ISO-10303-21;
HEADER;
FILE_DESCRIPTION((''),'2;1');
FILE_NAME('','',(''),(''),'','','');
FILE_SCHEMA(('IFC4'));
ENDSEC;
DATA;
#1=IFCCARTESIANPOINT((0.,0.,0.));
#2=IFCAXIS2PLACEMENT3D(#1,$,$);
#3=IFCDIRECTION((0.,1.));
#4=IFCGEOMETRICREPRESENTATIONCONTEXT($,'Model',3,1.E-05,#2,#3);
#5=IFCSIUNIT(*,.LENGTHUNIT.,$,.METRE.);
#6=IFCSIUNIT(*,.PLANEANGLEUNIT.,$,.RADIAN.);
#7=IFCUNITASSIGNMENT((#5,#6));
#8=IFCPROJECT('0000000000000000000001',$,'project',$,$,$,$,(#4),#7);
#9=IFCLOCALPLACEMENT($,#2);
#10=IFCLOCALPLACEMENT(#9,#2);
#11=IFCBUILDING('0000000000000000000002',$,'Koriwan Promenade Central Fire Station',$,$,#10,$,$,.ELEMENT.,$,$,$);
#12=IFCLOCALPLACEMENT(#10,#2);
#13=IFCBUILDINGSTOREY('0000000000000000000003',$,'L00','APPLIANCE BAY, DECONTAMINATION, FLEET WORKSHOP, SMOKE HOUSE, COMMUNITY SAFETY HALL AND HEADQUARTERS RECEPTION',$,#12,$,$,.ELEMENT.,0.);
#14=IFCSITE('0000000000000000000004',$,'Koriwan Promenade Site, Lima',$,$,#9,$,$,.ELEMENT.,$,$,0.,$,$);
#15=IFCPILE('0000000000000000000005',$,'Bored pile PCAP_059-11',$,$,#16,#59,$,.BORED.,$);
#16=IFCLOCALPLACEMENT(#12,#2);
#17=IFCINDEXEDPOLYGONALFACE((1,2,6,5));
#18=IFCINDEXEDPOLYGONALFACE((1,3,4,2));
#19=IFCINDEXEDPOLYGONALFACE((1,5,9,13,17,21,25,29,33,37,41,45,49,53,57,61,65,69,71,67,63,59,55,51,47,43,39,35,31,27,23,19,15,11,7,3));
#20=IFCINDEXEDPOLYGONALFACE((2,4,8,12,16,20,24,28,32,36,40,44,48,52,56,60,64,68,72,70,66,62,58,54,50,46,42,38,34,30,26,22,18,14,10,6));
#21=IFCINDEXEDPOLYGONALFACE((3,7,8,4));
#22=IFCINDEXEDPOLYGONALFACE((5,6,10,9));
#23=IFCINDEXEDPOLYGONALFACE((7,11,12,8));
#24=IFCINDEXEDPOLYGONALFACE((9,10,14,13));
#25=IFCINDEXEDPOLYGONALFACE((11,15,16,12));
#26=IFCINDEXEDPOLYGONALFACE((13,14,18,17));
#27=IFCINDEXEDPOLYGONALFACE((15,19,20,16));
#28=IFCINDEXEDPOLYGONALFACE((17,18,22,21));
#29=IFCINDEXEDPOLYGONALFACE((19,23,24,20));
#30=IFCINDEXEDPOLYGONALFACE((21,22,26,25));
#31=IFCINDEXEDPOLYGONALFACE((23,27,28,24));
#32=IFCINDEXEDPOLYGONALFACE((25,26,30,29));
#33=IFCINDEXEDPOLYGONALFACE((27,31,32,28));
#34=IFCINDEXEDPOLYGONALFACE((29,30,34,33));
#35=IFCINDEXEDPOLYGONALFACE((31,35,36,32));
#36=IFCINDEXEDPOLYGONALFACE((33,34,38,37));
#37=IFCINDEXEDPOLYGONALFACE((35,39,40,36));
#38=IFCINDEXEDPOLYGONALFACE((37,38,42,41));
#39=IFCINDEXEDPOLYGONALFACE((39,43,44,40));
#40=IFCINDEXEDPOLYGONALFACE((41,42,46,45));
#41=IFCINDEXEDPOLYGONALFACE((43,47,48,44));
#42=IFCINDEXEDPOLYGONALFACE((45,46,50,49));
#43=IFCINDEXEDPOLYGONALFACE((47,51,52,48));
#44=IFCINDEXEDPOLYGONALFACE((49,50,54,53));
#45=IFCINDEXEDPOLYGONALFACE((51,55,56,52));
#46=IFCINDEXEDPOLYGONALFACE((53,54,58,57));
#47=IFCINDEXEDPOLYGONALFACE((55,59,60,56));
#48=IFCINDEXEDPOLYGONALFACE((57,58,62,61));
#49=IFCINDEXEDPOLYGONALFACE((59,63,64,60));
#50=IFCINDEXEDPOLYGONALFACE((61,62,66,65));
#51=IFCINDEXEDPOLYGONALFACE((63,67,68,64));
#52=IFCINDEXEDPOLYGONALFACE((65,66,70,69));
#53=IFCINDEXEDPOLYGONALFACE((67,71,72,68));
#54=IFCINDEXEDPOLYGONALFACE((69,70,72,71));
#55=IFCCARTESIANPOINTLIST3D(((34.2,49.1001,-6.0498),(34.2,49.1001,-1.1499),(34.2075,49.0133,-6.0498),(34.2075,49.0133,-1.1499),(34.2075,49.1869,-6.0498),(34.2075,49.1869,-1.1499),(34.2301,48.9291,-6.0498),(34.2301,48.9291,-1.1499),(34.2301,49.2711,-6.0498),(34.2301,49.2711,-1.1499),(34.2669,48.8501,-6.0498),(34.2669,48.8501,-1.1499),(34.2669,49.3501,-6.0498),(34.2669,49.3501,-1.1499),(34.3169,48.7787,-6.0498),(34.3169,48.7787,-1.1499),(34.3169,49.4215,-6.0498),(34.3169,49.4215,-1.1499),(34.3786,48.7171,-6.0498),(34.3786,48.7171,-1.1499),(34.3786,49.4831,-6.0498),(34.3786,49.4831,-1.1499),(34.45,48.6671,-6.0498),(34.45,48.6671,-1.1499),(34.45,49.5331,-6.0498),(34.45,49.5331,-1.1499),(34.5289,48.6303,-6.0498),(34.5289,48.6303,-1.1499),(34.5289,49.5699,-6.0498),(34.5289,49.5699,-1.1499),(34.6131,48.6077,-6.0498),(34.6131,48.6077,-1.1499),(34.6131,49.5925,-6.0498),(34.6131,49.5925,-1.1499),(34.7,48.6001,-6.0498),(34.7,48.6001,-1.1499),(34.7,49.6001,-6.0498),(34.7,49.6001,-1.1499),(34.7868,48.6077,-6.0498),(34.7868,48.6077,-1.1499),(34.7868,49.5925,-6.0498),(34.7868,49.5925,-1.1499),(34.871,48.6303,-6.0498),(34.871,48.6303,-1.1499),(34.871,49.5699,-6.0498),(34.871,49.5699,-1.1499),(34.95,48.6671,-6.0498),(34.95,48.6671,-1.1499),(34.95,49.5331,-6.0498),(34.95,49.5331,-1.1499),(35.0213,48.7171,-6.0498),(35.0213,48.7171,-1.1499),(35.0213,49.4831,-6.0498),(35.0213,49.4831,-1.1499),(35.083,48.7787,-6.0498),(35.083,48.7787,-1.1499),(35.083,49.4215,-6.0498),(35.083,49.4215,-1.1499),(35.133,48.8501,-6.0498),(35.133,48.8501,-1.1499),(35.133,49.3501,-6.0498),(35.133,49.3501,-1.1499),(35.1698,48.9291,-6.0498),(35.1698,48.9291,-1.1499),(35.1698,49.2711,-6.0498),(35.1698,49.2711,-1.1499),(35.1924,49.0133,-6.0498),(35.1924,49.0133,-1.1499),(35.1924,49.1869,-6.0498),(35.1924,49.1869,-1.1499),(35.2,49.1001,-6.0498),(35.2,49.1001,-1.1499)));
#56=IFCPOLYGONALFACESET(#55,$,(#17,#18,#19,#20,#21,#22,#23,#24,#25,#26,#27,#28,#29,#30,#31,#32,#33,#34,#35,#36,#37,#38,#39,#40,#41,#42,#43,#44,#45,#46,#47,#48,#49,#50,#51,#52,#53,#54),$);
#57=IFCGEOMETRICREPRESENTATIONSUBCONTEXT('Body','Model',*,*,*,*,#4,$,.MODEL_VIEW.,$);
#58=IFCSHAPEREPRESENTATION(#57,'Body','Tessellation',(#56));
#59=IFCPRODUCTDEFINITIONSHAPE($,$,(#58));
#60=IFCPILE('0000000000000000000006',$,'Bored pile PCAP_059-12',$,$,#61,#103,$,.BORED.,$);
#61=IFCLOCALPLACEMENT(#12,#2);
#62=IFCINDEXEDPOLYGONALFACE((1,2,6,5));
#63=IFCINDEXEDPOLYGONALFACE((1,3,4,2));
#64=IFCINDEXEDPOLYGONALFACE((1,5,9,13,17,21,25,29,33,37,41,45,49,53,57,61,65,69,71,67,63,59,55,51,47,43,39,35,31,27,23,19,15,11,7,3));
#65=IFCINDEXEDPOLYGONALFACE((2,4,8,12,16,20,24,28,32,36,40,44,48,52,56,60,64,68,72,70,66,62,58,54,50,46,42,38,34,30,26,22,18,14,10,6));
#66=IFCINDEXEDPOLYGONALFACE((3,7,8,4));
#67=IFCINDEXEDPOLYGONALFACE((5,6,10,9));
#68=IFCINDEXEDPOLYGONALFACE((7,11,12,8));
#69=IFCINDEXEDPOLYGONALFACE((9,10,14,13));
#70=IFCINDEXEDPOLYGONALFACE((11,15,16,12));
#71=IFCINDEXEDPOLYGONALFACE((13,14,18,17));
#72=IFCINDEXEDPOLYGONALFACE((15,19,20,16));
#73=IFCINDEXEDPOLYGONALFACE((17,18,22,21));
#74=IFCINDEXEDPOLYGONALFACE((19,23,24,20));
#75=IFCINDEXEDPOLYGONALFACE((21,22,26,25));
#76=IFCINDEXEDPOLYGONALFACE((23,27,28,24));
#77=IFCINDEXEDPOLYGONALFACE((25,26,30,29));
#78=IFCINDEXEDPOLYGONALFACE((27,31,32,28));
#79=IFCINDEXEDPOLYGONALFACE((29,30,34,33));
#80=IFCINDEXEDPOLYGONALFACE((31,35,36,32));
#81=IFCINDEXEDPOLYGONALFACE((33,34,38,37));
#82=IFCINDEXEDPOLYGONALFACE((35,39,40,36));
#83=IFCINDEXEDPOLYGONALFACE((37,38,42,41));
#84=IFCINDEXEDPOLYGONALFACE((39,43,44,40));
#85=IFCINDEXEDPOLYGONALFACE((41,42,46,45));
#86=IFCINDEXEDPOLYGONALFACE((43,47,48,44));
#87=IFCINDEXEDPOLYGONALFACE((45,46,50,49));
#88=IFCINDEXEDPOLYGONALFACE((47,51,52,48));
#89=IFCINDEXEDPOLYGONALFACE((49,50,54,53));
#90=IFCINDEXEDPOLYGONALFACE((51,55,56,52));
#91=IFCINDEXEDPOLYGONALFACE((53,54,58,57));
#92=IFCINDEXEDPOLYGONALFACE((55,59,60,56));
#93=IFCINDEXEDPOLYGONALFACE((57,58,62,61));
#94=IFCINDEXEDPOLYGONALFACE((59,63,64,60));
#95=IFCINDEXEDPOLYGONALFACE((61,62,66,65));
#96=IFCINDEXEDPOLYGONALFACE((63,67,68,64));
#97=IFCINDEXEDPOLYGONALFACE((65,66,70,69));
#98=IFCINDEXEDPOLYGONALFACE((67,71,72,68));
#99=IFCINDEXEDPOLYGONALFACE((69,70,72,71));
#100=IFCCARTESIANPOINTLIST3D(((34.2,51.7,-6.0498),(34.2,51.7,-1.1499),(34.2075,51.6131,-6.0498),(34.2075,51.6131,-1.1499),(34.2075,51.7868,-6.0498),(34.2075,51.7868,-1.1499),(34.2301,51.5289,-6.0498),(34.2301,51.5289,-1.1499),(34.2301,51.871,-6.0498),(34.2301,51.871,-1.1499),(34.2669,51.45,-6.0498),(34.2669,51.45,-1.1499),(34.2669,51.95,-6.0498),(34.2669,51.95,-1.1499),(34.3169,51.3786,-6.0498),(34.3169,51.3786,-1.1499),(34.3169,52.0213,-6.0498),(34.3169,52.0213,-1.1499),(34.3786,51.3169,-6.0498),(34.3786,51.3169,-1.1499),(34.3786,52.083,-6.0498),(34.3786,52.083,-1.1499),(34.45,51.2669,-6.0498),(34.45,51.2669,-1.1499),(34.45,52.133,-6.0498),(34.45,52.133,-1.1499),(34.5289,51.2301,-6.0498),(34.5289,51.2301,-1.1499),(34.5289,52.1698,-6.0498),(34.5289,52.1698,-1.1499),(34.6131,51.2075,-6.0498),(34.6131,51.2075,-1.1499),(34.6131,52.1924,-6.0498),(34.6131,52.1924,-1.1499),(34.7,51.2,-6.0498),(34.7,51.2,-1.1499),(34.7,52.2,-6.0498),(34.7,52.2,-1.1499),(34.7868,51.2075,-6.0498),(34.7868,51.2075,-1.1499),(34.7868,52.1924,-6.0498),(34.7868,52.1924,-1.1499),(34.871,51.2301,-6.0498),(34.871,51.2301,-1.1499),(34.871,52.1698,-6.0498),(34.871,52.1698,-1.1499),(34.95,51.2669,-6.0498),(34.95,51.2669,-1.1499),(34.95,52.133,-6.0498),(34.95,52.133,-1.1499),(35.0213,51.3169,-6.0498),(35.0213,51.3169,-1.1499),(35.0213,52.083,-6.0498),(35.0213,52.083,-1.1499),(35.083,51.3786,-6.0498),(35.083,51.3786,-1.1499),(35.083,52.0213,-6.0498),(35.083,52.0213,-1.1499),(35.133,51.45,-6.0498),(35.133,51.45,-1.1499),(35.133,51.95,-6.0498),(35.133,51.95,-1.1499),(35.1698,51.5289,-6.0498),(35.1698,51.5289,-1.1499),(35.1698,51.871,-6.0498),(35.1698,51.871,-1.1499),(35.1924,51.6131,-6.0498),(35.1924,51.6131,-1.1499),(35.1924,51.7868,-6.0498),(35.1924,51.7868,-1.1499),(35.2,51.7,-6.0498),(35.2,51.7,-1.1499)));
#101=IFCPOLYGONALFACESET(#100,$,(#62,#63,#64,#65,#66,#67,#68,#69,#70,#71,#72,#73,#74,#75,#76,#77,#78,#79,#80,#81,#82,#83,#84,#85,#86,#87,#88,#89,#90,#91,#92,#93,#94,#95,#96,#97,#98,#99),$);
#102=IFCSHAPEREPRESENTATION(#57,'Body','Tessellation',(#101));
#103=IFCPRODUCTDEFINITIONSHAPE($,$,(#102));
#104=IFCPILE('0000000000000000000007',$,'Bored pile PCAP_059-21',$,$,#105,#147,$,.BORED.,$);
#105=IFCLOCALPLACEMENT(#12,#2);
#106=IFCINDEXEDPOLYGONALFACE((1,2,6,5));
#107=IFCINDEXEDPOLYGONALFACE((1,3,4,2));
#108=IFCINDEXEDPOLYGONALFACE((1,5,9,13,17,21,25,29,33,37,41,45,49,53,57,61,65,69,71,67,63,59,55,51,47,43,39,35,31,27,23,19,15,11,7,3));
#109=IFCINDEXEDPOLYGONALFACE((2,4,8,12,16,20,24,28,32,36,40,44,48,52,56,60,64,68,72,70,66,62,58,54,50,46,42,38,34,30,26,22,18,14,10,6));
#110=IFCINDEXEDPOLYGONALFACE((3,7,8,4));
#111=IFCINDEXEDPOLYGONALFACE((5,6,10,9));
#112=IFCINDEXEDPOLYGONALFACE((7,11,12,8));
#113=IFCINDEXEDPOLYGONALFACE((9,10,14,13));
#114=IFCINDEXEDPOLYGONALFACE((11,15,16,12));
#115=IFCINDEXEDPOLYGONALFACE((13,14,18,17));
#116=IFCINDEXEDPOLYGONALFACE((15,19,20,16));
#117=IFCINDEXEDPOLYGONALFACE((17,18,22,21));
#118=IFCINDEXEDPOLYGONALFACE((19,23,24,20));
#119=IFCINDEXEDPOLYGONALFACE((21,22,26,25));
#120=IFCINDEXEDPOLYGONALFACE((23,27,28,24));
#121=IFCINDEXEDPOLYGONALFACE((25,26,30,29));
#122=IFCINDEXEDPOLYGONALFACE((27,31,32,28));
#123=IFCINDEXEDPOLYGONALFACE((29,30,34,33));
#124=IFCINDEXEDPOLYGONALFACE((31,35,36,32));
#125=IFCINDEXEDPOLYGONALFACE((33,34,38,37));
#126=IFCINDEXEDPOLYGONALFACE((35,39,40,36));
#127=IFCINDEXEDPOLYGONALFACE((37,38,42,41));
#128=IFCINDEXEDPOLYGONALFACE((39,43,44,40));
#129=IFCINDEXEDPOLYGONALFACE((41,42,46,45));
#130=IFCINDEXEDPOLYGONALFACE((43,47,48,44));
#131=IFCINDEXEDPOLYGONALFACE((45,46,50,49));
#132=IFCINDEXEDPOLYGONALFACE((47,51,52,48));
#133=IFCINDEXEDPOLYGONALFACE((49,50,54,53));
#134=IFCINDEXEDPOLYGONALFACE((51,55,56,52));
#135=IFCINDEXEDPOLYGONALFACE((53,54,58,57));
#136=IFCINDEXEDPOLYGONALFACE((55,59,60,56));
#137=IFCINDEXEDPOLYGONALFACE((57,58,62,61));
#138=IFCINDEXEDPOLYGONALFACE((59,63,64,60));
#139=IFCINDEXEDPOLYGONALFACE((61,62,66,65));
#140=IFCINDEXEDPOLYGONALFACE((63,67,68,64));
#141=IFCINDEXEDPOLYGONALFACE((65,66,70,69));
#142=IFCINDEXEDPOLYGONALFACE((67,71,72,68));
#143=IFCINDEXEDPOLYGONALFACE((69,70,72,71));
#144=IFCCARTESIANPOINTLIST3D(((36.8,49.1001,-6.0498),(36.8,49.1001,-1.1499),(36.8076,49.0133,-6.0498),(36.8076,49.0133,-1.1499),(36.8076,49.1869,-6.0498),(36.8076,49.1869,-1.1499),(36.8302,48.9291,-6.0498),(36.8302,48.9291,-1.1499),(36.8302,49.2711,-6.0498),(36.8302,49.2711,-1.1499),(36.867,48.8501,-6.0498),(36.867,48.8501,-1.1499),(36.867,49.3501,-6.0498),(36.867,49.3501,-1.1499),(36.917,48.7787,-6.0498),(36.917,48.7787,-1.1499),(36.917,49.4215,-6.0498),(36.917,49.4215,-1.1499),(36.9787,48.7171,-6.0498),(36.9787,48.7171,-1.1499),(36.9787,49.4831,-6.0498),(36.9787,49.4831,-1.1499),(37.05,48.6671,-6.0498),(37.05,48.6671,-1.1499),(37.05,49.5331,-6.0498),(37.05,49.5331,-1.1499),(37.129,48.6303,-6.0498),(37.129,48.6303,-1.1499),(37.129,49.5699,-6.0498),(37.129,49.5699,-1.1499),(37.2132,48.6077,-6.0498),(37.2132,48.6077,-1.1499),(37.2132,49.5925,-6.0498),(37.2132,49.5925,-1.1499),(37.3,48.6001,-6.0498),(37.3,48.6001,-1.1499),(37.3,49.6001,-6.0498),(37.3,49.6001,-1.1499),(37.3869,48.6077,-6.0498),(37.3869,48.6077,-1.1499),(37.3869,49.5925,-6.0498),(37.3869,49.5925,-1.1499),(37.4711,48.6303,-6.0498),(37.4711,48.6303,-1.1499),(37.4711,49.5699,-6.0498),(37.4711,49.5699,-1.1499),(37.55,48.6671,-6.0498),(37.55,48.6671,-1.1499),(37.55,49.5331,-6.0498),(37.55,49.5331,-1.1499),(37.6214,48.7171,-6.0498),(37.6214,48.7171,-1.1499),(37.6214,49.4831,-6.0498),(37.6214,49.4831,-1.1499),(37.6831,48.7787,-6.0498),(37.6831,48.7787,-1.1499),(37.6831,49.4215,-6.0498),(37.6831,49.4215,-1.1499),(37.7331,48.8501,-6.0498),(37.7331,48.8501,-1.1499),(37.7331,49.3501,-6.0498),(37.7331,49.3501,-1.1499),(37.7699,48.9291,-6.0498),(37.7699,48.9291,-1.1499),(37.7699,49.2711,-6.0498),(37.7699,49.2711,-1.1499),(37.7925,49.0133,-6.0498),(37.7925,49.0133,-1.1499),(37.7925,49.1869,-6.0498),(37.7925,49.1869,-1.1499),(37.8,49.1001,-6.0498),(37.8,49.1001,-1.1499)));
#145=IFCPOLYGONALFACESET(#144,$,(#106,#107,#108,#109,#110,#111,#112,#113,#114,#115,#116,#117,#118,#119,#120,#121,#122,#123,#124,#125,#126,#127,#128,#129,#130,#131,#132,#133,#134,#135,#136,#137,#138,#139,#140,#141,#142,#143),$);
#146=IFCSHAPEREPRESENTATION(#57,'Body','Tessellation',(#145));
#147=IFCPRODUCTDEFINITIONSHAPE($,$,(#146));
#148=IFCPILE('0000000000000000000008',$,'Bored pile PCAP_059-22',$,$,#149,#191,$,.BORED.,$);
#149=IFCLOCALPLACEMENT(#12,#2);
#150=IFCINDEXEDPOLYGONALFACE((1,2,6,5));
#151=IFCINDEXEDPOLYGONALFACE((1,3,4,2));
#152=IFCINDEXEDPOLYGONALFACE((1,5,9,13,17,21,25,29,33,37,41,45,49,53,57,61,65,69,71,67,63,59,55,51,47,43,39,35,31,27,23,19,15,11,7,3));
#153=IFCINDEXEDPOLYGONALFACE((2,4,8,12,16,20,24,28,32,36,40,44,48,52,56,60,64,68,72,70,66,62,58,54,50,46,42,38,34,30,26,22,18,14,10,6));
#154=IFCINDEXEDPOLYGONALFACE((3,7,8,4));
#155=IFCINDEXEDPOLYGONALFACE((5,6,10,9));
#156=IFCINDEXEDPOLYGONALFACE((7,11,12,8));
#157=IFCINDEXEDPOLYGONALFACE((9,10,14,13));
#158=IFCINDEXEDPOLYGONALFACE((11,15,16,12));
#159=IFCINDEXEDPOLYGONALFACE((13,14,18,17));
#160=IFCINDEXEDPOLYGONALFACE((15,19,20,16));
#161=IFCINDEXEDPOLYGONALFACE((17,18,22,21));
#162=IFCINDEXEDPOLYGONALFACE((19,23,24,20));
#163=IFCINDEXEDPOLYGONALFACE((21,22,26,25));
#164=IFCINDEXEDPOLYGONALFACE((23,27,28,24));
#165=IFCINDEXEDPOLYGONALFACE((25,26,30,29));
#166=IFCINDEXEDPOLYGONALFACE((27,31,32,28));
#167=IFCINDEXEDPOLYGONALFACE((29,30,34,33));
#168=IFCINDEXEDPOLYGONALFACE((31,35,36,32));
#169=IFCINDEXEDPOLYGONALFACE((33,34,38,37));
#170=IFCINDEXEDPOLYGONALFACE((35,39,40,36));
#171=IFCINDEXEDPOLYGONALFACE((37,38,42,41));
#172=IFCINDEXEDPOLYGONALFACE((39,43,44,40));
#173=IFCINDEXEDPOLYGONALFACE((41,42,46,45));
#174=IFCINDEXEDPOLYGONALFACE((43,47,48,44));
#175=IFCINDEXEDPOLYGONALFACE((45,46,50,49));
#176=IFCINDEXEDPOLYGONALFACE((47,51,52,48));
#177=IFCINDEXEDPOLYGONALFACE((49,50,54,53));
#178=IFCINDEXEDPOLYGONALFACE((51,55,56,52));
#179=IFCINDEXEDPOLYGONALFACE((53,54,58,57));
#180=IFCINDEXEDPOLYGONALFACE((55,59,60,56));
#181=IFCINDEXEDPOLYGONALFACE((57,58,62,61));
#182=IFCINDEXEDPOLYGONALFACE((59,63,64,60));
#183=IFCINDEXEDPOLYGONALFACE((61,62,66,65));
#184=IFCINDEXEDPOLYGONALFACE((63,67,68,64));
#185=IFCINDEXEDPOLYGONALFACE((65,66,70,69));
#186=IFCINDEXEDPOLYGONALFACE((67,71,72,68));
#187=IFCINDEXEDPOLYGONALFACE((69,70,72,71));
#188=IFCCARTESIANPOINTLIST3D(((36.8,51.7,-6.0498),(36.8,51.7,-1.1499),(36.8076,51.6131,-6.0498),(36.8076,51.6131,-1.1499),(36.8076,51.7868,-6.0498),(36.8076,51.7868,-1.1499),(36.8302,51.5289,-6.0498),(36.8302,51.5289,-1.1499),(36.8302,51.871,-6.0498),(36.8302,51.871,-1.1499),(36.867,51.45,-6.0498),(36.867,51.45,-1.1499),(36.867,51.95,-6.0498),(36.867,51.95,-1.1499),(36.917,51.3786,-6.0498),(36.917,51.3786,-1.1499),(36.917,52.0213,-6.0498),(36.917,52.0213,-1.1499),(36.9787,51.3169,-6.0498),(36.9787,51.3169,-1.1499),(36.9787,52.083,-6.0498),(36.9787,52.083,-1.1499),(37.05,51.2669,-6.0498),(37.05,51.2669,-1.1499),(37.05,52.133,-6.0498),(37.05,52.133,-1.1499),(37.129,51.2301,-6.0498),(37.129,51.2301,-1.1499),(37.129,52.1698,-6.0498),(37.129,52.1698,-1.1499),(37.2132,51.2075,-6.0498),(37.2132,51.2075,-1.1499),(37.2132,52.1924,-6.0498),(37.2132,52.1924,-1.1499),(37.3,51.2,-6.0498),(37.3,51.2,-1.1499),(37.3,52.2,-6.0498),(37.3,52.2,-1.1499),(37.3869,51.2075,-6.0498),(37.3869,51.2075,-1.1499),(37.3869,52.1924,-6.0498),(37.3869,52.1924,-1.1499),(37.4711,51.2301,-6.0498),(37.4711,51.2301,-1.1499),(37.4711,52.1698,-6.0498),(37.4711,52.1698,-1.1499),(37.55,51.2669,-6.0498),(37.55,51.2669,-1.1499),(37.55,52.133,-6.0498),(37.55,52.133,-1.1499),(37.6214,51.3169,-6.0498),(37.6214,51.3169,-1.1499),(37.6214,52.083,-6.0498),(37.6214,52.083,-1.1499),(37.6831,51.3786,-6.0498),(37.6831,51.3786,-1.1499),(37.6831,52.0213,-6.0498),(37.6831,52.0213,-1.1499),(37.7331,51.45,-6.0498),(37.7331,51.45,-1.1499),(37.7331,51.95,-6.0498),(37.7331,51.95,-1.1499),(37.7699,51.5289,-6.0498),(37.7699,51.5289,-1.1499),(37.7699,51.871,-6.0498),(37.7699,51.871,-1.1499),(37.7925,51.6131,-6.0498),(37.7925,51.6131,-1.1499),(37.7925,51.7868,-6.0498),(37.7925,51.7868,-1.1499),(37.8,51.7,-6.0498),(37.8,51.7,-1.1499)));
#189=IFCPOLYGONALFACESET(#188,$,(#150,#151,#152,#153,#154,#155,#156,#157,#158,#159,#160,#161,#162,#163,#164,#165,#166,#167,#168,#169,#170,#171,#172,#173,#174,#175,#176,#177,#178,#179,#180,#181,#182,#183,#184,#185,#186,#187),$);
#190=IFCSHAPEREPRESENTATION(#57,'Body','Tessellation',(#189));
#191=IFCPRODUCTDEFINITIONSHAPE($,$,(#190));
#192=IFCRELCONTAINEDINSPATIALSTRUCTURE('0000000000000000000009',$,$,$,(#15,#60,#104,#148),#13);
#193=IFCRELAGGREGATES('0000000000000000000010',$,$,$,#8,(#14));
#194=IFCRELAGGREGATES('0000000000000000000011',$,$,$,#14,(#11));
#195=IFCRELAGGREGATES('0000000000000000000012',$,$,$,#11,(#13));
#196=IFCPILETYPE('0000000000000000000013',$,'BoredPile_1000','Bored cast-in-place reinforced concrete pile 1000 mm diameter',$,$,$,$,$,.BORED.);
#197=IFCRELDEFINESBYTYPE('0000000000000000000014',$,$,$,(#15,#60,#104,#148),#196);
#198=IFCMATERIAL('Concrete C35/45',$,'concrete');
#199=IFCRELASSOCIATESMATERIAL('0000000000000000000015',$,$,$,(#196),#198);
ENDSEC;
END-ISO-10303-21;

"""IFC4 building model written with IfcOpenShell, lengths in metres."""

from ifc_helpers import new_model, si_unit, direction, frame, origin, origin_2d, place, context, subcontext, project, spatial, circle, extrude, material, material_profile, profile_set, type_object, element, save


model = new_model("IFC4")

# Units and contexts
model_context = context("Model", 3, precision=1e-05, world=origin(), true_north=direction((0.0, 1.0)))
body_context = subcontext(model_context, "Body", "Model", "MODEL_VIEW")
ifc_project = project(units=[si_unit("LENGTHUNIT", "METRE"), si_unit("PLANEANGLEUNIT", "RADIAN")], contexts=[model_context])

# Site, building, storey
site_placement = place(None, origin())
site = spatial("IfcSite", under=ifc_project, at=site_placement, Name="Koriwan Promenade Site, Lima", CompositionType="ELEMENT", RefElevation=0.0)
building_placement = place(site_placement, origin())
building = spatial("IfcBuilding", under=site, at=building_placement, Name="Koriwan Promenade Central Fire Station", CompositionType="ELEMENT")
storey_placement = place(building_placement, origin())
storey = spatial("IfcBuildingStorey", under=building, at=storey_placement, Name="L00", Description="APPLIANCE BAY, DECONTAMINATION, FLEET WORKSHOP, SMOKE HOUSE, COMMUNITY SAFETY HALL AND HEADQUARTERS RECEPTION", CompositionType="ELEMENT", Elevation=0.0)

# Piles
ifc_material_1 = material(Name="Concrete C35/45", Category="concrete")
ifc_material_profile_1 = material_profile(ifc_material_1, circle(Radius=0.5, at=origin_2d()), Name="PILE-D1000")
ifc_profile_set_1 = profile_set([ifc_material_profile_1], Name="Concrete C35/45")
pile_type = type_object("IfcPileType", Name="BoredPile_1000", Description="Bored cast-in-place reinforced concrete pile 1000 mm diameter", PredefinedType="BORED", material=ifc_profile_set_1)
for number, where, z_axis, x_axis, name in (
    (1, (34.7, 49.1001, -1.1499), (0.0, 0.0, -1.0), (1.0, 0.0, 0.0), "Bored pile PCAP_059-11"),
    (2, (34.7, 51.7, -1.1499), (0.0, 0.0, -1.0), (1.0, 0.0, 0.0), "Bored pile PCAP_059-12"),
    (3, (37.3, 49.1001, -1.1499), (0.0, 0.0, -1.0), (1.0, 0.0, 0.0), "Bored pile PCAP_059-21"),
    (4, (37.3, 51.7, -1.1499), (0.0, 0.0, -1.0), (1.0, 0.0, 0.0), "Bored pile PCAP_059-22"),
):
    element("IfcPile", number, at=place(storey_placement, frame(where, z_axis=z_axis, x_axis=x_axis)), inside=storey, type_object=pile_type, Name=name, PredefinedType="BORED", context=body_context, shape_type="SweptSolid", body=[
        extrude(circle(Radius=0.5, at=origin_2d()), origin(), (0.0, 0.0, 1.0), 4.8999),
    ])

save(model, "model.ifc")
